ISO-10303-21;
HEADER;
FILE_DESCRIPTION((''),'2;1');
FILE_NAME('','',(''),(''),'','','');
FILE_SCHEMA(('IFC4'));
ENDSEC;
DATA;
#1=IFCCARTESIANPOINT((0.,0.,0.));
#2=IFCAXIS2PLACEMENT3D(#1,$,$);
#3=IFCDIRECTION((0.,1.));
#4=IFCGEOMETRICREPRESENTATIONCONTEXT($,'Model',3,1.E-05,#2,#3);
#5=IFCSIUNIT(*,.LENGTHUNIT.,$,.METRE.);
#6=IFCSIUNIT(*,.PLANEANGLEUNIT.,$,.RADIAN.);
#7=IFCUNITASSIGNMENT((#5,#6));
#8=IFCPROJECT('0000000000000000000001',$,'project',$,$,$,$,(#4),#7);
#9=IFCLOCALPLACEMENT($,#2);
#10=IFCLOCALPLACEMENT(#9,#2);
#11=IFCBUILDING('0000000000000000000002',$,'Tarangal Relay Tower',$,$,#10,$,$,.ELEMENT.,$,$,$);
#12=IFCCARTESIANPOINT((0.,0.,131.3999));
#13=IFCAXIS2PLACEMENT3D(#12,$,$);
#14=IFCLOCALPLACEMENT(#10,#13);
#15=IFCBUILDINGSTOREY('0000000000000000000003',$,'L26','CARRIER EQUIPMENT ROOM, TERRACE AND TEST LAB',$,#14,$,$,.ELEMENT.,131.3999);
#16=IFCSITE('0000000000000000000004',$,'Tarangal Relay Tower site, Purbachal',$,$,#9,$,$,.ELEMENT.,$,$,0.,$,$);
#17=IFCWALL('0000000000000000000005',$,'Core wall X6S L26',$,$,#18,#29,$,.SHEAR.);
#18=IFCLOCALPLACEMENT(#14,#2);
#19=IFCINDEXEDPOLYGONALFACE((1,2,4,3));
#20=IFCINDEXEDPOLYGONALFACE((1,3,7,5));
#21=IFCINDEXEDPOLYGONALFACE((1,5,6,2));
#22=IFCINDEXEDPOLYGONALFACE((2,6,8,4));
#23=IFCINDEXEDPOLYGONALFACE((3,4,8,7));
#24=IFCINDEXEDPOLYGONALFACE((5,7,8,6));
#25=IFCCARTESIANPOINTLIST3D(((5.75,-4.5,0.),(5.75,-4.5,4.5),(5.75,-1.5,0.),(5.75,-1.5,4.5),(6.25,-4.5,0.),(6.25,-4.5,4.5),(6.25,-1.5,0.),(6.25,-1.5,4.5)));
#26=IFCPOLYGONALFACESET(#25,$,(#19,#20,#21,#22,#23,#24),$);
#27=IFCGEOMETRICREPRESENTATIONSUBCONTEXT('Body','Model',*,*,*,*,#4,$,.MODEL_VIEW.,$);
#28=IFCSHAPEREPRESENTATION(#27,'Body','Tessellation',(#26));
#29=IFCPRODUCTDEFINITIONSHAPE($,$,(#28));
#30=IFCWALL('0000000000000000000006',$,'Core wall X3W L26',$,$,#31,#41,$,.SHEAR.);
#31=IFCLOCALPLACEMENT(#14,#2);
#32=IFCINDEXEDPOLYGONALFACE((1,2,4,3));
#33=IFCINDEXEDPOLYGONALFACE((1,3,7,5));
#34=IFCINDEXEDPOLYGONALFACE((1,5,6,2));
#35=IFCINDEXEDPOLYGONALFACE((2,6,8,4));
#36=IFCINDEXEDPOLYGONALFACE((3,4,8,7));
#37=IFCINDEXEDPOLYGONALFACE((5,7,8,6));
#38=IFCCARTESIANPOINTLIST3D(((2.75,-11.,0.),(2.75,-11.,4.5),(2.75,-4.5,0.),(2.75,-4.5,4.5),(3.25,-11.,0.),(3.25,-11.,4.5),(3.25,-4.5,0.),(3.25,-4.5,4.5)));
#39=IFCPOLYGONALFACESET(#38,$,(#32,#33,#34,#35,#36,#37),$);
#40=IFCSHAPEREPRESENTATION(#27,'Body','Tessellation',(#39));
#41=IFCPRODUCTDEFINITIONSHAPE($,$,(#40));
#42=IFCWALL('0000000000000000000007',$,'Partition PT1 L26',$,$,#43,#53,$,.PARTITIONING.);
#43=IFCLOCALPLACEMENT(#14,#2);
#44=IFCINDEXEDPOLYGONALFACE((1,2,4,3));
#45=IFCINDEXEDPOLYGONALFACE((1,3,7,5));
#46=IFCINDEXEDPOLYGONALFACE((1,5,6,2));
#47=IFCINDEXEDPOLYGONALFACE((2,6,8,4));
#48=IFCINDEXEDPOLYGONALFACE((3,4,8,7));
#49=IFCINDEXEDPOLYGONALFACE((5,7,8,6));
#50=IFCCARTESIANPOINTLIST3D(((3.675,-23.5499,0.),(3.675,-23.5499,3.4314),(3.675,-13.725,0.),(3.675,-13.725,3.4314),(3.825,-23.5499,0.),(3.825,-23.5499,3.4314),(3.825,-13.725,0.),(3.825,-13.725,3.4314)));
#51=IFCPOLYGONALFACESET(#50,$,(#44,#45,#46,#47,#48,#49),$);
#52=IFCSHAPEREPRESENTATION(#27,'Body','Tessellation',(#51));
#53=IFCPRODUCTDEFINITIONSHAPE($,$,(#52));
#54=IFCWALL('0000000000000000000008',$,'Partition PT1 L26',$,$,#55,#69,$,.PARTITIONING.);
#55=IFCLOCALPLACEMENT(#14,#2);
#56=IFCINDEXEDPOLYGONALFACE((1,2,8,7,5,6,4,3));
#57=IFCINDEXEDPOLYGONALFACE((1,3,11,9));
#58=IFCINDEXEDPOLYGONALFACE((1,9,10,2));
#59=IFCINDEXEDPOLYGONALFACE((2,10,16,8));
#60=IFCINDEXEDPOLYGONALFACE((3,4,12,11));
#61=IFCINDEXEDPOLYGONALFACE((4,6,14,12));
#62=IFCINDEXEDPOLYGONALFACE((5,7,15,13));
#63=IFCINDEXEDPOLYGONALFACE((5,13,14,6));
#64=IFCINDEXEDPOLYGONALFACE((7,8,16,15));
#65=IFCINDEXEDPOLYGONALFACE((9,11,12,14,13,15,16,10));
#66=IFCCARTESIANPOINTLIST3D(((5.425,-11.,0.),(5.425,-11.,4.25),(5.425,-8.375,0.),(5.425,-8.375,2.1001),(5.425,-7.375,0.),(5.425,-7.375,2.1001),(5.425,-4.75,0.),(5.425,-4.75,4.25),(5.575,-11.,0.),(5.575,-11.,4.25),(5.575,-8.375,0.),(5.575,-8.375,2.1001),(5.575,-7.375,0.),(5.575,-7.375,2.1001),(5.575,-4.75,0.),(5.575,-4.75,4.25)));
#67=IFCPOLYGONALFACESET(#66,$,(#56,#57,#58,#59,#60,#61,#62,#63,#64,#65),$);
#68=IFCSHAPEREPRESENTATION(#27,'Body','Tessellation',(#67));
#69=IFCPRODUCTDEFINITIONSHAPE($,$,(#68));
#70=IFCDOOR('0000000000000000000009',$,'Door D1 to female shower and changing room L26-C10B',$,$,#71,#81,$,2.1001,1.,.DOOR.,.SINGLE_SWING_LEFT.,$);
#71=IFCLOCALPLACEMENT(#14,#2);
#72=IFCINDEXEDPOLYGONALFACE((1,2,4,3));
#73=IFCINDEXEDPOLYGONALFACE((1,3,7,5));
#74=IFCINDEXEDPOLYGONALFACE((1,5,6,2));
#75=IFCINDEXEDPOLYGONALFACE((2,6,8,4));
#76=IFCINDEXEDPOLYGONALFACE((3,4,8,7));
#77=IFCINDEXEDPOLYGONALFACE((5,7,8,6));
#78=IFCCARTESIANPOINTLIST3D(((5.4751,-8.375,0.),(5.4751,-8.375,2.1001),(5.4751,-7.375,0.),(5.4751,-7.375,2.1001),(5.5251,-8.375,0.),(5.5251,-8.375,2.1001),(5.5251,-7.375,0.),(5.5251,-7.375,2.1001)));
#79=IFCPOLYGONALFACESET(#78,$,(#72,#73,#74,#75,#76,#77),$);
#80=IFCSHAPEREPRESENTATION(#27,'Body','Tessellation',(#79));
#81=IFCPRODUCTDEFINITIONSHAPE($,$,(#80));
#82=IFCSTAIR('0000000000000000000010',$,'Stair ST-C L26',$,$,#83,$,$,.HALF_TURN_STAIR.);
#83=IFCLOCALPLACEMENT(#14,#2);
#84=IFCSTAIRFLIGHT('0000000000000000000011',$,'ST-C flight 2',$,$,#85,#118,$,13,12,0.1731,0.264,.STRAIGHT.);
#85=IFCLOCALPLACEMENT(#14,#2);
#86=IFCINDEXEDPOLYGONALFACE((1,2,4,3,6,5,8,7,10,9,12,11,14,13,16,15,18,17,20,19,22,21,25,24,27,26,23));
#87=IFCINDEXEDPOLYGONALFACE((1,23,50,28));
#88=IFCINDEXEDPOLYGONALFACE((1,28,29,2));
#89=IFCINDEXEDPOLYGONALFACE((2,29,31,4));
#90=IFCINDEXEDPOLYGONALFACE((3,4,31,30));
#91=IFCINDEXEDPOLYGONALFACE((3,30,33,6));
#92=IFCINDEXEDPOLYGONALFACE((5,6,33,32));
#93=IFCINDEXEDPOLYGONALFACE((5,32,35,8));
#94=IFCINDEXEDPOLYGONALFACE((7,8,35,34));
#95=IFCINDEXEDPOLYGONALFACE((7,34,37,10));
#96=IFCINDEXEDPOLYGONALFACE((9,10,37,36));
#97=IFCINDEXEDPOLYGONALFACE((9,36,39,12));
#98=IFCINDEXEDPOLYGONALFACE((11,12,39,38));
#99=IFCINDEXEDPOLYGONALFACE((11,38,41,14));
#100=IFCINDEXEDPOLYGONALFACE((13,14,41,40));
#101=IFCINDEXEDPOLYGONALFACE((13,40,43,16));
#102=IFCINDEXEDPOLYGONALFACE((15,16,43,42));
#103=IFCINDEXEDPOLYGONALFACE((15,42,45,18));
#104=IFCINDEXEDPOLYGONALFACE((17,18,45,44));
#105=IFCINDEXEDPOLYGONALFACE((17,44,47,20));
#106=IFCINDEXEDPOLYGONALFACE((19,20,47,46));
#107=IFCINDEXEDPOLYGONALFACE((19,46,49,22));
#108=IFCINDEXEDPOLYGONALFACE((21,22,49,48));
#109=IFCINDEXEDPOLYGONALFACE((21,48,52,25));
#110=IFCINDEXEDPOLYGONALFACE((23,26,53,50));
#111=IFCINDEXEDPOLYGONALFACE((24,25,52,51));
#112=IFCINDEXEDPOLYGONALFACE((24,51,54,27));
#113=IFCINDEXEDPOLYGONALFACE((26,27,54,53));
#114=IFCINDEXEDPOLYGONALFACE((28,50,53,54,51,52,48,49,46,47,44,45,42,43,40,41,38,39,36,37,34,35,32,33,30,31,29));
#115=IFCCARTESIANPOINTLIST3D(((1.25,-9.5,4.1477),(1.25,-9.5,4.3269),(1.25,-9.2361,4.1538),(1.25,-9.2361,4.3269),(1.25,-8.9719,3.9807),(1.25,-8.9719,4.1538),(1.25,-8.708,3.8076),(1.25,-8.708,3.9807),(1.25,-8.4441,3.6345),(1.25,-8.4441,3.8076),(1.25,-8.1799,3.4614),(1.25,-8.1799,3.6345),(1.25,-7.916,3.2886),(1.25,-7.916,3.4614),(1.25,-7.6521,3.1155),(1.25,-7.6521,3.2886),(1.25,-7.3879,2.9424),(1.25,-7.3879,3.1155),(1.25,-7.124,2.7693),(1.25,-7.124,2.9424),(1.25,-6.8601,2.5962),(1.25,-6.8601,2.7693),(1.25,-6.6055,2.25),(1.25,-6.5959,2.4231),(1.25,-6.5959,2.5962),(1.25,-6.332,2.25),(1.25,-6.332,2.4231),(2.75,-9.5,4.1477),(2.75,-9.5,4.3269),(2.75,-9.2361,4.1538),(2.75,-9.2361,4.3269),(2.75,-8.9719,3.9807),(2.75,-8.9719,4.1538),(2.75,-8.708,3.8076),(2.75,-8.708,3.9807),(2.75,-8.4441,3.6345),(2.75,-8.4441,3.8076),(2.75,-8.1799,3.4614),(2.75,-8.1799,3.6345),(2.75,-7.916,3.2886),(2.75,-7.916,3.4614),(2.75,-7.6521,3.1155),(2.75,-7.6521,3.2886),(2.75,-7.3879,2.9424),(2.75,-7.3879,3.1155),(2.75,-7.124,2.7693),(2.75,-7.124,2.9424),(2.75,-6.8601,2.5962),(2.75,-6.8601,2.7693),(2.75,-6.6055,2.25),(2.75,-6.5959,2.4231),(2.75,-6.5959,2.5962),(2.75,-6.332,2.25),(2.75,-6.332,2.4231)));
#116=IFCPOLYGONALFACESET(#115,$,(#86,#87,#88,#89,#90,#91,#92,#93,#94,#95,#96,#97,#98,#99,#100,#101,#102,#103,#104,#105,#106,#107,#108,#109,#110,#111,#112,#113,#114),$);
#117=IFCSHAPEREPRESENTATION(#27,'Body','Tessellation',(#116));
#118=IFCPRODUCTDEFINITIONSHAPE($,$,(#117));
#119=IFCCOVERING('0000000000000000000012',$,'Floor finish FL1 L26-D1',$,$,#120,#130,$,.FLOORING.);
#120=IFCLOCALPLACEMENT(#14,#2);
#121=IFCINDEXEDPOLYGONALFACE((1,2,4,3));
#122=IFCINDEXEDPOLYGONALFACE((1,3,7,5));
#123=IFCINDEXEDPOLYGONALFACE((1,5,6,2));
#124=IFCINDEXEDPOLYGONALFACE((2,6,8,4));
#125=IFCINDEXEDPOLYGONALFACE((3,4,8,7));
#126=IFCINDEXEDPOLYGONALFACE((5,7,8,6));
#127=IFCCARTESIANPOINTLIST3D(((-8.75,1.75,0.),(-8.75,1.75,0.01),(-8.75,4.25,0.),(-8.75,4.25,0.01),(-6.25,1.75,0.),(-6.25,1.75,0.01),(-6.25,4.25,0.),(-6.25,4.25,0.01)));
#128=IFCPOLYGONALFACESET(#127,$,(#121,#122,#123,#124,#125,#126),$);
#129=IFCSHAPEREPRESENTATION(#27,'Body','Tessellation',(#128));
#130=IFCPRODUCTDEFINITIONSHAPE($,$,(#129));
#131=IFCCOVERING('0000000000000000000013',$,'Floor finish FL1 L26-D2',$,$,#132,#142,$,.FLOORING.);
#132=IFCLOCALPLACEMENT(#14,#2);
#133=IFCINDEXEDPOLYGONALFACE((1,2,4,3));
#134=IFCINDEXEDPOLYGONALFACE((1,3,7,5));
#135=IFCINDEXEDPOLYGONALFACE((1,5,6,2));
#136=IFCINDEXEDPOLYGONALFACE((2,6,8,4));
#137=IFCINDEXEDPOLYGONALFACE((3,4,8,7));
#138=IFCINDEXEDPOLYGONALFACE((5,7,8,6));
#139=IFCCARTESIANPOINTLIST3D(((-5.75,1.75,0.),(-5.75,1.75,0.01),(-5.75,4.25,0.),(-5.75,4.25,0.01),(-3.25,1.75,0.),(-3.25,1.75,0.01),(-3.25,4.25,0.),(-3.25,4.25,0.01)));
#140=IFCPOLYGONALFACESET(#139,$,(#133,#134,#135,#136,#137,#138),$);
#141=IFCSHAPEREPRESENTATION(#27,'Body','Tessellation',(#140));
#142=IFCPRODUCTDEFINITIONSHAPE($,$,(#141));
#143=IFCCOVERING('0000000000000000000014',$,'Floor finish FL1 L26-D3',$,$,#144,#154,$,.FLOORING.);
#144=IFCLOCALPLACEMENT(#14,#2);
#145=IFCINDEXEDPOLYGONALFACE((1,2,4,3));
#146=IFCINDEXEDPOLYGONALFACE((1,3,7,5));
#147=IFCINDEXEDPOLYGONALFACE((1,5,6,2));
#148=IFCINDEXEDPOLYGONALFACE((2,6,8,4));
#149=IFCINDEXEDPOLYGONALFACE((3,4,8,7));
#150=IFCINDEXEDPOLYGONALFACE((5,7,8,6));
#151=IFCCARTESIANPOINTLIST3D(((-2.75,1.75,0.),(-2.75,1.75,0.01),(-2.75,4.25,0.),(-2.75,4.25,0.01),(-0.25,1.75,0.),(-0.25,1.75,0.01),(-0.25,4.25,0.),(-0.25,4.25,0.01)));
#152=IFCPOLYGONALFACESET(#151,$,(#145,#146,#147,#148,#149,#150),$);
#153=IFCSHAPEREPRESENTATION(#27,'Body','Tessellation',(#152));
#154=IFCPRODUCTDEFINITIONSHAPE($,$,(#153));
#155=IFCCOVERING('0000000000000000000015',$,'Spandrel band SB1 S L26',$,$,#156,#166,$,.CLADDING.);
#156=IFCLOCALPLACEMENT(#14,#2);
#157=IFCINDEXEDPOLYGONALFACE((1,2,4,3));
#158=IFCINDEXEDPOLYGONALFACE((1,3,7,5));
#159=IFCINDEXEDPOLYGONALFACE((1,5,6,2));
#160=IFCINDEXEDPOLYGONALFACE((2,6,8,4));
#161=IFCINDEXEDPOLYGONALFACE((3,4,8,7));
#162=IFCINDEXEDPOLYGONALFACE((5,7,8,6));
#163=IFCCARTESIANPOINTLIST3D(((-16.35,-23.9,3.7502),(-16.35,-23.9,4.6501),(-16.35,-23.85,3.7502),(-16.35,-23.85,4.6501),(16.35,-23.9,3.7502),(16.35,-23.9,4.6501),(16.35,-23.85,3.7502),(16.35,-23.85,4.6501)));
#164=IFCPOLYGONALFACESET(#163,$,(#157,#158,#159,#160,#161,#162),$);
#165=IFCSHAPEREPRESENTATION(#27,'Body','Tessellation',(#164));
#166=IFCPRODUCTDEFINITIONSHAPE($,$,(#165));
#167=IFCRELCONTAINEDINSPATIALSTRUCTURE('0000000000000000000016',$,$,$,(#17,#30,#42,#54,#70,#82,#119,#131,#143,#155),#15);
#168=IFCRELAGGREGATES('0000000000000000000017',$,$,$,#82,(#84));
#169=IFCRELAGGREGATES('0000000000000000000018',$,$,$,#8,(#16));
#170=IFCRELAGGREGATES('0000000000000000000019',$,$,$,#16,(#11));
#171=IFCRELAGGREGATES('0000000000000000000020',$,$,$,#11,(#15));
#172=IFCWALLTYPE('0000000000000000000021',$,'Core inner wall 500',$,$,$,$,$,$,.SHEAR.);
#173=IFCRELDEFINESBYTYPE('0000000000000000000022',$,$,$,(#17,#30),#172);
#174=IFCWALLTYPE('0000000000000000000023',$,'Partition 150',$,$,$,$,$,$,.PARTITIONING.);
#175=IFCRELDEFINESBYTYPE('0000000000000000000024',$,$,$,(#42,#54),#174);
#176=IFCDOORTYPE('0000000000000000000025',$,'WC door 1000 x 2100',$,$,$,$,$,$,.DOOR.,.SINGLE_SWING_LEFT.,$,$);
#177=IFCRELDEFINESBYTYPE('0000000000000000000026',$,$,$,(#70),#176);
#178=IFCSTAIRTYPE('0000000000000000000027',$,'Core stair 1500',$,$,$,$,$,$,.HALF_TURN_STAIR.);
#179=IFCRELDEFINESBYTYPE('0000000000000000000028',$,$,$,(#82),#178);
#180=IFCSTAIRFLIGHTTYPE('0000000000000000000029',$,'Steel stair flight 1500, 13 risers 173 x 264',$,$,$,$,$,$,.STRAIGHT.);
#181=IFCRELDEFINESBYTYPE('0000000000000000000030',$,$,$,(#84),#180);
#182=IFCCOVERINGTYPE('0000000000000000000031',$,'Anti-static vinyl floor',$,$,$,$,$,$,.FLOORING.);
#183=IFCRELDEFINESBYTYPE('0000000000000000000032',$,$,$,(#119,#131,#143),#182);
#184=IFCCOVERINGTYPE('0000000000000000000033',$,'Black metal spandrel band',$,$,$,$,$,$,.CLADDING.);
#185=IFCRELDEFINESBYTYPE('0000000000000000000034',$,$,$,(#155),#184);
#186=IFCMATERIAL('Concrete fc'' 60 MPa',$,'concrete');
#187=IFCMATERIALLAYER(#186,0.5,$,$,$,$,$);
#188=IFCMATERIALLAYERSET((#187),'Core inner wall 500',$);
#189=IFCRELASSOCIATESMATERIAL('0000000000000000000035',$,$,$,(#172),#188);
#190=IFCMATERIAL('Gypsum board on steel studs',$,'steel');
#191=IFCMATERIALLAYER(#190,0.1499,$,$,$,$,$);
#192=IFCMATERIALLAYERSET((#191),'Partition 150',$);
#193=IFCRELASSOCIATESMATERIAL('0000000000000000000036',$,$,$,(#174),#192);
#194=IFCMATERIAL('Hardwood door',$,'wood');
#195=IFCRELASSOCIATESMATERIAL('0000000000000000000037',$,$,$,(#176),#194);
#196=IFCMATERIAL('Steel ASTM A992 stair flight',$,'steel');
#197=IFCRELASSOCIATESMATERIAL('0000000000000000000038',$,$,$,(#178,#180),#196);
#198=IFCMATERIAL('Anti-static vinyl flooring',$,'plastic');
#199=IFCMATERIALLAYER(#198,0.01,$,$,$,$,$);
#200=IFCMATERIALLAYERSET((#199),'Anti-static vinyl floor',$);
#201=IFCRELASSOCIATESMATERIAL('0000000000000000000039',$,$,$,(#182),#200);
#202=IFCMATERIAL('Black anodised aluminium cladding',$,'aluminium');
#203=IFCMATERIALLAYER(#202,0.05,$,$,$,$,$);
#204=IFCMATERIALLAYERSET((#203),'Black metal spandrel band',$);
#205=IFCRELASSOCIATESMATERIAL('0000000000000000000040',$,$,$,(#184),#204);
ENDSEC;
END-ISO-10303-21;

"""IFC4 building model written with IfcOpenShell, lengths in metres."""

from ifc_helpers import new_model, si_unit, direction, frame, frame_2d, origin, origin_2d, place, context, subcontext, project, spatial, polyline, rectangle, outline, extrude, material, layer, layer_set, type_object, element, fill, aggregate, save


model = new_model("IFC4")

# Units and contexts
model_context = context("Model", 3, precision=1e-05, world=origin(), true_north=direction((0.0, 1.0)))
body_context = subcontext(model_context, "Body", "Model", "MODEL_VIEW")
ifc_project = project(units=[si_unit("LENGTHUNIT", "METRE"), si_unit("PLANEANGLEUNIT", "RADIAN")], contexts=[model_context])

# Site, building, storey
site_placement = place(None, origin())
site = spatial("IfcSite", under=ifc_project, at=site_placement, Name="Tarangal Relay Tower site, Purbachal", CompositionType="ELEMENT", RefElevation=0.0)
building_placement = place(site_placement, origin())
building = spatial("IfcBuilding", under=site, at=building_placement, Name="Tarangal Relay Tower", CompositionType="ELEMENT")
storey_placement = place(building_placement, frame((0.0, 0.0, 131.3999)))
storey = spatial("IfcBuildingStorey", under=building, at=storey_placement, Name="L26", Description="CARRIER EQUIPMENT ROOM, TERRACE AND TEST LAB", CompositionType="ELEMENT", Elevation=131.3999)

# Walls
ifc_material_1 = material(Name="Concrete fc' 60 MPa", Category="concrete")
ifc_layer_1 = layer(ifc_material_1, 0.5)
ifc_layer_set_1 = layer_set([ifc_layer_1], Name="Core inner wall 500")
wall_type_1 = type_object("IfcWallType", Name="Core inner wall 500", PredefinedType="SHEAR", material=ifc_layer_set_1)
for number, where, z_axis, x_axis, name in (
    (1, (6.0, -4.5, 0.0), (0.0, 0.0, 1.0), (0.0, 1.0, 0.0), "Core wall X6S L26"),
):
    element("IfcWall", number, at=place(storey_placement, frame(where, z_axis=z_axis, x_axis=x_axis)), inside=storey, type_object=wall_type_1, Name=name, PredefinedType="SHEAR", context=body_context, shape_type="SweptSolid", body=[
        extrude(rectangle(XDim=3.0, YDim=0.5, at=frame_2d((1.5, 0.0))), origin(), (0.0, 0.0, 1.0), 4.5),
    ])
wall_1_placement = place(storey_placement, frame((3.0, -11.0, 0.0), z_axis=(0.0, 0.0, 1.0), x_axis=(0.0, 1.0, 0.0)))
element("IfcWall", 2, at=wall_1_placement, inside=storey, type_object=wall_type_1, Name="Core wall X3W L26", PredefinedType="SHEAR", context=body_context, shape_type="SweptSolid", body=[
    extrude(rectangle(XDim=6.5, YDim=0.5, at=frame_2d((3.25, 0.0))), origin(), (0.0, 0.0, 1.0), 4.5),
])
ifc_material_2 = material(Name="Gypsum board on steel studs", Category="steel")
ifc_layer_2 = layer(ifc_material_2, 0.1499)
ifc_layer_set_2 = layer_set([ifc_layer_2], Name="Partition 150")
wall_type_2 = type_object("IfcWallType", Name="Partition 150", PredefinedType="PARTITIONING", material=ifc_layer_set_2)
wall_2_placement = place(storey_placement, frame((3.75, -23.55, 0.0), z_axis=(0.0, 0.0, 1.0), x_axis=(0.0, 1.0, 0.0)))
element("IfcWall", 3, at=wall_2_placement, inside=storey, type_object=wall_type_2, Name="Partition PT1 L26", PredefinedType="PARTITIONING", context=body_context, shape_type="SweptSolid", body=[
    extrude(rectangle(XDim=9.825, YDim=0.1499, at=frame_2d((4.9126, 0.0))), origin(), (0.0, 0.0, 1.0), 3.4314),
])

# Wall, opening, door
wall_3_placement = place(storey_placement, frame((5.5, -11.0, 0.0), z_axis=(0.0, 0.0, 1.0), x_axis=(0.0, 1.0, 0.0)))
wall_3 = element("IfcWall", 4, at=wall_3_placement, inside=storey, type_object=wall_type_2, Name="Partition PT1 L26", PredefinedType="PARTITIONING", context=body_context, shape_type="SweptSolid", body=[
    extrude(rectangle(XDim=6.25, YDim=0.1499, at=frame_2d((3.125, 0.0))), origin(), (0.0, 0.0, 1.0), 4.25),
])
opening_placement = place(wall_3_placement, frame((2.625, 0.0, 0.0)))
opening = element("IfcOpeningElement", 5, at=opening_placement, cuts=wall_3, PredefinedType="OPENING", context=body_context, shape_type="SweptSolid", body=[
    extrude(rectangle(XDim=1.0, YDim=2.1001, at=frame_2d((0.5, 1.05))), frame((0.0, 0.085, 0.0), z_axis=(0.0, -1.0, 0.0), x_axis=(1.0, 0.0, 0.0)), (0.0, 0.0, 1.0), 0.1699),
])
ifc_material_3 = material(Name="Hardwood door", Category="wood")
door_type = type_object("IfcDoorType", Name="WC door 1000 x 2100", OperationType="SINGLE_SWING_LEFT", PredefinedType="DOOR", material=ifc_material_3)
door_placement = place(opening_placement, origin())
door = element("IfcDoor", 6, at=door_placement, inside=storey, type_object=door_type, Name="Door D1 to female shower and changing room L26-C10B", OperationType="SINGLE_SWING_LEFT", OverallHeight=2.1001, OverallWidth=1.0, PredefinedType="DOOR", context=body_context, shape_type="SweptSolid", body=[
    extrude(rectangle(XDim=1.0, YDim=2.1001, at=frame_2d((0.5, 1.05))), frame((0.0, 0.0249, 0.0), z_axis=(0.0, -1.0, 0.0), x_axis=(1.0, 0.0, 0.0)), (0.0, 0.0, 1.0), 0.05),
])
fill(opening, door)

# Stair, stair flight
ifc_material_4 = material(Name="Steel ASTM A992 stair flight", Category="steel")
stair_type = type_object("IfcStairType", Name="Core stair 1500", PredefinedType="HALF_TURN_STAIR", material=ifc_material_4)
stair_placement = place(storey_placement, origin())
stair = element("IfcStair", 7, at=stair_placement, inside=storey, type_object=stair_type, Name="Stair ST-C L26", PredefinedType="HALF_TURN_STAIR")
stair_flight_type = type_object("IfcStairFlightType", Name="Steel stair flight 1500, 13 risers 173 x 264", PredefinedType="STRAIGHT", material=ifc_material_4)
stair_flight_placement = place(storey_placement, frame((2.0, -6.332, 2.25), z_axis=(0.0, 0.0, 1.0), x_axis=(0.0, -1.0, 0.0)))
stair_flight = element("IfcStairFlight", 8, at=stair_flight_placement, type_object=stair_flight_type, Name="ST-C flight 2", NumberOfRisers=13, NumberOfTreads=12, PredefinedType="STRAIGHT", RiserHeight=0.1731, TreadLength=0.264, context=body_context, shape_type="SweptSolid", body=[
    extrude(outline(polyline([(0.0, 0.0), (0.0, 0.1731), (0.2639, 0.1731), (0.2639, 0.3462), (0.5281, 0.3462), (0.5281, 0.5193), (0.792, 0.5193), (0.792, 0.6924), (1.0559, 0.6924), (1.0559, 0.8655), (1.3201, 0.8655), (1.3201, 1.0386), (1.584, 1.0386), (1.584, 1.2114), (1.8479, 1.2114), (1.8479, 1.3845), (2.1121, 1.3845), (2.1121, 1.5576), (2.376, 1.5576), (2.376, 1.7307), (2.6399, 1.7307), (2.6399, 1.9038), (2.9041, 1.9038), (2.9041, 2.0769), (3.168, 2.0769), (3.168, 2.25), (3.168, 1.8977), (0.2734, 0.0), (0.0, 0.0)])), frame((0.0, 0.75, 0.0), z_axis=(0.0, -1.0, 0.0), x_axis=(1.0, 0.0, 0.0)), (0.0, 0.0, 1.0), 1.5),
])
aggregate(stair, [stair_flight])

# Coverings
ifc_material_5 = material(Name="Anti-static vinyl flooring", Category="plastic")
ifc_layer_3 = layer(ifc_material_5, 0.01)
ifc_layer_set_3 = layer_set([ifc_layer_3], Name="Anti-static vinyl floor")
covering_type_1 = type_object("IfcCoveringType", Name="Anti-static vinyl floor", PredefinedType="FLOORING", material=ifc_layer_set_3)
covering_1_placement = place(storey_placement, origin())
element("IfcCovering", 9, at=covering_1_placement, inside=storey, type_object=covering_type_1, Name="Floor finish FL1 L26-D1", PredefinedType="FLOORING", context=body_context, shape_type="SweptSolid", body=[
    extrude(outline(polyline([(-8.75, 1.75), (-6.25, 1.75), (-6.25, 4.25), (-8.75, 4.25), (-8.75, 1.75)])), origin(), (0.0, 0.0, 1.0), 0.01),
])
covering_2_placement = place(storey_placement, origin())
element("IfcCovering", 10, at=covering_2_placement, inside=storey, type_object=covering_type_1, Name="Floor finish FL1 L26-D2", PredefinedType="FLOORING", context=body_context, shape_type="SweptSolid", body=[
    extrude(outline(polyline([(-5.75, 1.75), (-3.25, 1.75), (-3.25, 4.25), (-5.75, 4.25), (-5.75, 1.75)])), origin(), (0.0, 0.0, 1.0), 0.01),
])
covering_3_placement = place(storey_placement, origin())
element("IfcCovering", 11, at=covering_3_placement, inside=storey, type_object=covering_type_1, Name="Floor finish FL1 L26-D3", PredefinedType="FLOORING", context=body_context, shape_type="SweptSolid", body=[
    extrude(outline(polyline([(-2.75, 1.75), (-0.25, 1.75), (-0.25, 4.25), (-2.75, 4.25), (-2.75, 1.75)])), origin(), (0.0, 0.0, 1.0), 0.01),
])
ifc_material_6 = material(Name="Black anodised aluminium cladding", Category="aluminium")
ifc_layer_4 = layer(ifc_material_6, 0.05)
ifc_layer_set_4 = layer_set([ifc_layer_4], Name="Black metal spandrel band")
covering_type_2 = type_object("IfcCoveringType", Name="Black metal spandrel band", PredefinedType="CLADDING", material=ifc_layer_set_4)
covering_4_placement = place(storey_placement, frame((0.0, -23.875, 3.7502), z_axis=(0.0, 0.0, 1.0), x_axis=(-1.0, 0.0, 0.0)))
element("IfcCovering", 12, at=covering_4_placement, inside=storey, type_object=covering_type_2, Name="Spandrel band SB1 S L26", PredefinedType="CLADDING", context=body_context, shape_type="SweptSolid", body=[
    extrude(rectangle(XDim=32.7, YDim=0.05, at=origin_2d()), origin(), (0.0, 0.0, 1.0), 0.8999),
])

save(model, "model.ifc")
